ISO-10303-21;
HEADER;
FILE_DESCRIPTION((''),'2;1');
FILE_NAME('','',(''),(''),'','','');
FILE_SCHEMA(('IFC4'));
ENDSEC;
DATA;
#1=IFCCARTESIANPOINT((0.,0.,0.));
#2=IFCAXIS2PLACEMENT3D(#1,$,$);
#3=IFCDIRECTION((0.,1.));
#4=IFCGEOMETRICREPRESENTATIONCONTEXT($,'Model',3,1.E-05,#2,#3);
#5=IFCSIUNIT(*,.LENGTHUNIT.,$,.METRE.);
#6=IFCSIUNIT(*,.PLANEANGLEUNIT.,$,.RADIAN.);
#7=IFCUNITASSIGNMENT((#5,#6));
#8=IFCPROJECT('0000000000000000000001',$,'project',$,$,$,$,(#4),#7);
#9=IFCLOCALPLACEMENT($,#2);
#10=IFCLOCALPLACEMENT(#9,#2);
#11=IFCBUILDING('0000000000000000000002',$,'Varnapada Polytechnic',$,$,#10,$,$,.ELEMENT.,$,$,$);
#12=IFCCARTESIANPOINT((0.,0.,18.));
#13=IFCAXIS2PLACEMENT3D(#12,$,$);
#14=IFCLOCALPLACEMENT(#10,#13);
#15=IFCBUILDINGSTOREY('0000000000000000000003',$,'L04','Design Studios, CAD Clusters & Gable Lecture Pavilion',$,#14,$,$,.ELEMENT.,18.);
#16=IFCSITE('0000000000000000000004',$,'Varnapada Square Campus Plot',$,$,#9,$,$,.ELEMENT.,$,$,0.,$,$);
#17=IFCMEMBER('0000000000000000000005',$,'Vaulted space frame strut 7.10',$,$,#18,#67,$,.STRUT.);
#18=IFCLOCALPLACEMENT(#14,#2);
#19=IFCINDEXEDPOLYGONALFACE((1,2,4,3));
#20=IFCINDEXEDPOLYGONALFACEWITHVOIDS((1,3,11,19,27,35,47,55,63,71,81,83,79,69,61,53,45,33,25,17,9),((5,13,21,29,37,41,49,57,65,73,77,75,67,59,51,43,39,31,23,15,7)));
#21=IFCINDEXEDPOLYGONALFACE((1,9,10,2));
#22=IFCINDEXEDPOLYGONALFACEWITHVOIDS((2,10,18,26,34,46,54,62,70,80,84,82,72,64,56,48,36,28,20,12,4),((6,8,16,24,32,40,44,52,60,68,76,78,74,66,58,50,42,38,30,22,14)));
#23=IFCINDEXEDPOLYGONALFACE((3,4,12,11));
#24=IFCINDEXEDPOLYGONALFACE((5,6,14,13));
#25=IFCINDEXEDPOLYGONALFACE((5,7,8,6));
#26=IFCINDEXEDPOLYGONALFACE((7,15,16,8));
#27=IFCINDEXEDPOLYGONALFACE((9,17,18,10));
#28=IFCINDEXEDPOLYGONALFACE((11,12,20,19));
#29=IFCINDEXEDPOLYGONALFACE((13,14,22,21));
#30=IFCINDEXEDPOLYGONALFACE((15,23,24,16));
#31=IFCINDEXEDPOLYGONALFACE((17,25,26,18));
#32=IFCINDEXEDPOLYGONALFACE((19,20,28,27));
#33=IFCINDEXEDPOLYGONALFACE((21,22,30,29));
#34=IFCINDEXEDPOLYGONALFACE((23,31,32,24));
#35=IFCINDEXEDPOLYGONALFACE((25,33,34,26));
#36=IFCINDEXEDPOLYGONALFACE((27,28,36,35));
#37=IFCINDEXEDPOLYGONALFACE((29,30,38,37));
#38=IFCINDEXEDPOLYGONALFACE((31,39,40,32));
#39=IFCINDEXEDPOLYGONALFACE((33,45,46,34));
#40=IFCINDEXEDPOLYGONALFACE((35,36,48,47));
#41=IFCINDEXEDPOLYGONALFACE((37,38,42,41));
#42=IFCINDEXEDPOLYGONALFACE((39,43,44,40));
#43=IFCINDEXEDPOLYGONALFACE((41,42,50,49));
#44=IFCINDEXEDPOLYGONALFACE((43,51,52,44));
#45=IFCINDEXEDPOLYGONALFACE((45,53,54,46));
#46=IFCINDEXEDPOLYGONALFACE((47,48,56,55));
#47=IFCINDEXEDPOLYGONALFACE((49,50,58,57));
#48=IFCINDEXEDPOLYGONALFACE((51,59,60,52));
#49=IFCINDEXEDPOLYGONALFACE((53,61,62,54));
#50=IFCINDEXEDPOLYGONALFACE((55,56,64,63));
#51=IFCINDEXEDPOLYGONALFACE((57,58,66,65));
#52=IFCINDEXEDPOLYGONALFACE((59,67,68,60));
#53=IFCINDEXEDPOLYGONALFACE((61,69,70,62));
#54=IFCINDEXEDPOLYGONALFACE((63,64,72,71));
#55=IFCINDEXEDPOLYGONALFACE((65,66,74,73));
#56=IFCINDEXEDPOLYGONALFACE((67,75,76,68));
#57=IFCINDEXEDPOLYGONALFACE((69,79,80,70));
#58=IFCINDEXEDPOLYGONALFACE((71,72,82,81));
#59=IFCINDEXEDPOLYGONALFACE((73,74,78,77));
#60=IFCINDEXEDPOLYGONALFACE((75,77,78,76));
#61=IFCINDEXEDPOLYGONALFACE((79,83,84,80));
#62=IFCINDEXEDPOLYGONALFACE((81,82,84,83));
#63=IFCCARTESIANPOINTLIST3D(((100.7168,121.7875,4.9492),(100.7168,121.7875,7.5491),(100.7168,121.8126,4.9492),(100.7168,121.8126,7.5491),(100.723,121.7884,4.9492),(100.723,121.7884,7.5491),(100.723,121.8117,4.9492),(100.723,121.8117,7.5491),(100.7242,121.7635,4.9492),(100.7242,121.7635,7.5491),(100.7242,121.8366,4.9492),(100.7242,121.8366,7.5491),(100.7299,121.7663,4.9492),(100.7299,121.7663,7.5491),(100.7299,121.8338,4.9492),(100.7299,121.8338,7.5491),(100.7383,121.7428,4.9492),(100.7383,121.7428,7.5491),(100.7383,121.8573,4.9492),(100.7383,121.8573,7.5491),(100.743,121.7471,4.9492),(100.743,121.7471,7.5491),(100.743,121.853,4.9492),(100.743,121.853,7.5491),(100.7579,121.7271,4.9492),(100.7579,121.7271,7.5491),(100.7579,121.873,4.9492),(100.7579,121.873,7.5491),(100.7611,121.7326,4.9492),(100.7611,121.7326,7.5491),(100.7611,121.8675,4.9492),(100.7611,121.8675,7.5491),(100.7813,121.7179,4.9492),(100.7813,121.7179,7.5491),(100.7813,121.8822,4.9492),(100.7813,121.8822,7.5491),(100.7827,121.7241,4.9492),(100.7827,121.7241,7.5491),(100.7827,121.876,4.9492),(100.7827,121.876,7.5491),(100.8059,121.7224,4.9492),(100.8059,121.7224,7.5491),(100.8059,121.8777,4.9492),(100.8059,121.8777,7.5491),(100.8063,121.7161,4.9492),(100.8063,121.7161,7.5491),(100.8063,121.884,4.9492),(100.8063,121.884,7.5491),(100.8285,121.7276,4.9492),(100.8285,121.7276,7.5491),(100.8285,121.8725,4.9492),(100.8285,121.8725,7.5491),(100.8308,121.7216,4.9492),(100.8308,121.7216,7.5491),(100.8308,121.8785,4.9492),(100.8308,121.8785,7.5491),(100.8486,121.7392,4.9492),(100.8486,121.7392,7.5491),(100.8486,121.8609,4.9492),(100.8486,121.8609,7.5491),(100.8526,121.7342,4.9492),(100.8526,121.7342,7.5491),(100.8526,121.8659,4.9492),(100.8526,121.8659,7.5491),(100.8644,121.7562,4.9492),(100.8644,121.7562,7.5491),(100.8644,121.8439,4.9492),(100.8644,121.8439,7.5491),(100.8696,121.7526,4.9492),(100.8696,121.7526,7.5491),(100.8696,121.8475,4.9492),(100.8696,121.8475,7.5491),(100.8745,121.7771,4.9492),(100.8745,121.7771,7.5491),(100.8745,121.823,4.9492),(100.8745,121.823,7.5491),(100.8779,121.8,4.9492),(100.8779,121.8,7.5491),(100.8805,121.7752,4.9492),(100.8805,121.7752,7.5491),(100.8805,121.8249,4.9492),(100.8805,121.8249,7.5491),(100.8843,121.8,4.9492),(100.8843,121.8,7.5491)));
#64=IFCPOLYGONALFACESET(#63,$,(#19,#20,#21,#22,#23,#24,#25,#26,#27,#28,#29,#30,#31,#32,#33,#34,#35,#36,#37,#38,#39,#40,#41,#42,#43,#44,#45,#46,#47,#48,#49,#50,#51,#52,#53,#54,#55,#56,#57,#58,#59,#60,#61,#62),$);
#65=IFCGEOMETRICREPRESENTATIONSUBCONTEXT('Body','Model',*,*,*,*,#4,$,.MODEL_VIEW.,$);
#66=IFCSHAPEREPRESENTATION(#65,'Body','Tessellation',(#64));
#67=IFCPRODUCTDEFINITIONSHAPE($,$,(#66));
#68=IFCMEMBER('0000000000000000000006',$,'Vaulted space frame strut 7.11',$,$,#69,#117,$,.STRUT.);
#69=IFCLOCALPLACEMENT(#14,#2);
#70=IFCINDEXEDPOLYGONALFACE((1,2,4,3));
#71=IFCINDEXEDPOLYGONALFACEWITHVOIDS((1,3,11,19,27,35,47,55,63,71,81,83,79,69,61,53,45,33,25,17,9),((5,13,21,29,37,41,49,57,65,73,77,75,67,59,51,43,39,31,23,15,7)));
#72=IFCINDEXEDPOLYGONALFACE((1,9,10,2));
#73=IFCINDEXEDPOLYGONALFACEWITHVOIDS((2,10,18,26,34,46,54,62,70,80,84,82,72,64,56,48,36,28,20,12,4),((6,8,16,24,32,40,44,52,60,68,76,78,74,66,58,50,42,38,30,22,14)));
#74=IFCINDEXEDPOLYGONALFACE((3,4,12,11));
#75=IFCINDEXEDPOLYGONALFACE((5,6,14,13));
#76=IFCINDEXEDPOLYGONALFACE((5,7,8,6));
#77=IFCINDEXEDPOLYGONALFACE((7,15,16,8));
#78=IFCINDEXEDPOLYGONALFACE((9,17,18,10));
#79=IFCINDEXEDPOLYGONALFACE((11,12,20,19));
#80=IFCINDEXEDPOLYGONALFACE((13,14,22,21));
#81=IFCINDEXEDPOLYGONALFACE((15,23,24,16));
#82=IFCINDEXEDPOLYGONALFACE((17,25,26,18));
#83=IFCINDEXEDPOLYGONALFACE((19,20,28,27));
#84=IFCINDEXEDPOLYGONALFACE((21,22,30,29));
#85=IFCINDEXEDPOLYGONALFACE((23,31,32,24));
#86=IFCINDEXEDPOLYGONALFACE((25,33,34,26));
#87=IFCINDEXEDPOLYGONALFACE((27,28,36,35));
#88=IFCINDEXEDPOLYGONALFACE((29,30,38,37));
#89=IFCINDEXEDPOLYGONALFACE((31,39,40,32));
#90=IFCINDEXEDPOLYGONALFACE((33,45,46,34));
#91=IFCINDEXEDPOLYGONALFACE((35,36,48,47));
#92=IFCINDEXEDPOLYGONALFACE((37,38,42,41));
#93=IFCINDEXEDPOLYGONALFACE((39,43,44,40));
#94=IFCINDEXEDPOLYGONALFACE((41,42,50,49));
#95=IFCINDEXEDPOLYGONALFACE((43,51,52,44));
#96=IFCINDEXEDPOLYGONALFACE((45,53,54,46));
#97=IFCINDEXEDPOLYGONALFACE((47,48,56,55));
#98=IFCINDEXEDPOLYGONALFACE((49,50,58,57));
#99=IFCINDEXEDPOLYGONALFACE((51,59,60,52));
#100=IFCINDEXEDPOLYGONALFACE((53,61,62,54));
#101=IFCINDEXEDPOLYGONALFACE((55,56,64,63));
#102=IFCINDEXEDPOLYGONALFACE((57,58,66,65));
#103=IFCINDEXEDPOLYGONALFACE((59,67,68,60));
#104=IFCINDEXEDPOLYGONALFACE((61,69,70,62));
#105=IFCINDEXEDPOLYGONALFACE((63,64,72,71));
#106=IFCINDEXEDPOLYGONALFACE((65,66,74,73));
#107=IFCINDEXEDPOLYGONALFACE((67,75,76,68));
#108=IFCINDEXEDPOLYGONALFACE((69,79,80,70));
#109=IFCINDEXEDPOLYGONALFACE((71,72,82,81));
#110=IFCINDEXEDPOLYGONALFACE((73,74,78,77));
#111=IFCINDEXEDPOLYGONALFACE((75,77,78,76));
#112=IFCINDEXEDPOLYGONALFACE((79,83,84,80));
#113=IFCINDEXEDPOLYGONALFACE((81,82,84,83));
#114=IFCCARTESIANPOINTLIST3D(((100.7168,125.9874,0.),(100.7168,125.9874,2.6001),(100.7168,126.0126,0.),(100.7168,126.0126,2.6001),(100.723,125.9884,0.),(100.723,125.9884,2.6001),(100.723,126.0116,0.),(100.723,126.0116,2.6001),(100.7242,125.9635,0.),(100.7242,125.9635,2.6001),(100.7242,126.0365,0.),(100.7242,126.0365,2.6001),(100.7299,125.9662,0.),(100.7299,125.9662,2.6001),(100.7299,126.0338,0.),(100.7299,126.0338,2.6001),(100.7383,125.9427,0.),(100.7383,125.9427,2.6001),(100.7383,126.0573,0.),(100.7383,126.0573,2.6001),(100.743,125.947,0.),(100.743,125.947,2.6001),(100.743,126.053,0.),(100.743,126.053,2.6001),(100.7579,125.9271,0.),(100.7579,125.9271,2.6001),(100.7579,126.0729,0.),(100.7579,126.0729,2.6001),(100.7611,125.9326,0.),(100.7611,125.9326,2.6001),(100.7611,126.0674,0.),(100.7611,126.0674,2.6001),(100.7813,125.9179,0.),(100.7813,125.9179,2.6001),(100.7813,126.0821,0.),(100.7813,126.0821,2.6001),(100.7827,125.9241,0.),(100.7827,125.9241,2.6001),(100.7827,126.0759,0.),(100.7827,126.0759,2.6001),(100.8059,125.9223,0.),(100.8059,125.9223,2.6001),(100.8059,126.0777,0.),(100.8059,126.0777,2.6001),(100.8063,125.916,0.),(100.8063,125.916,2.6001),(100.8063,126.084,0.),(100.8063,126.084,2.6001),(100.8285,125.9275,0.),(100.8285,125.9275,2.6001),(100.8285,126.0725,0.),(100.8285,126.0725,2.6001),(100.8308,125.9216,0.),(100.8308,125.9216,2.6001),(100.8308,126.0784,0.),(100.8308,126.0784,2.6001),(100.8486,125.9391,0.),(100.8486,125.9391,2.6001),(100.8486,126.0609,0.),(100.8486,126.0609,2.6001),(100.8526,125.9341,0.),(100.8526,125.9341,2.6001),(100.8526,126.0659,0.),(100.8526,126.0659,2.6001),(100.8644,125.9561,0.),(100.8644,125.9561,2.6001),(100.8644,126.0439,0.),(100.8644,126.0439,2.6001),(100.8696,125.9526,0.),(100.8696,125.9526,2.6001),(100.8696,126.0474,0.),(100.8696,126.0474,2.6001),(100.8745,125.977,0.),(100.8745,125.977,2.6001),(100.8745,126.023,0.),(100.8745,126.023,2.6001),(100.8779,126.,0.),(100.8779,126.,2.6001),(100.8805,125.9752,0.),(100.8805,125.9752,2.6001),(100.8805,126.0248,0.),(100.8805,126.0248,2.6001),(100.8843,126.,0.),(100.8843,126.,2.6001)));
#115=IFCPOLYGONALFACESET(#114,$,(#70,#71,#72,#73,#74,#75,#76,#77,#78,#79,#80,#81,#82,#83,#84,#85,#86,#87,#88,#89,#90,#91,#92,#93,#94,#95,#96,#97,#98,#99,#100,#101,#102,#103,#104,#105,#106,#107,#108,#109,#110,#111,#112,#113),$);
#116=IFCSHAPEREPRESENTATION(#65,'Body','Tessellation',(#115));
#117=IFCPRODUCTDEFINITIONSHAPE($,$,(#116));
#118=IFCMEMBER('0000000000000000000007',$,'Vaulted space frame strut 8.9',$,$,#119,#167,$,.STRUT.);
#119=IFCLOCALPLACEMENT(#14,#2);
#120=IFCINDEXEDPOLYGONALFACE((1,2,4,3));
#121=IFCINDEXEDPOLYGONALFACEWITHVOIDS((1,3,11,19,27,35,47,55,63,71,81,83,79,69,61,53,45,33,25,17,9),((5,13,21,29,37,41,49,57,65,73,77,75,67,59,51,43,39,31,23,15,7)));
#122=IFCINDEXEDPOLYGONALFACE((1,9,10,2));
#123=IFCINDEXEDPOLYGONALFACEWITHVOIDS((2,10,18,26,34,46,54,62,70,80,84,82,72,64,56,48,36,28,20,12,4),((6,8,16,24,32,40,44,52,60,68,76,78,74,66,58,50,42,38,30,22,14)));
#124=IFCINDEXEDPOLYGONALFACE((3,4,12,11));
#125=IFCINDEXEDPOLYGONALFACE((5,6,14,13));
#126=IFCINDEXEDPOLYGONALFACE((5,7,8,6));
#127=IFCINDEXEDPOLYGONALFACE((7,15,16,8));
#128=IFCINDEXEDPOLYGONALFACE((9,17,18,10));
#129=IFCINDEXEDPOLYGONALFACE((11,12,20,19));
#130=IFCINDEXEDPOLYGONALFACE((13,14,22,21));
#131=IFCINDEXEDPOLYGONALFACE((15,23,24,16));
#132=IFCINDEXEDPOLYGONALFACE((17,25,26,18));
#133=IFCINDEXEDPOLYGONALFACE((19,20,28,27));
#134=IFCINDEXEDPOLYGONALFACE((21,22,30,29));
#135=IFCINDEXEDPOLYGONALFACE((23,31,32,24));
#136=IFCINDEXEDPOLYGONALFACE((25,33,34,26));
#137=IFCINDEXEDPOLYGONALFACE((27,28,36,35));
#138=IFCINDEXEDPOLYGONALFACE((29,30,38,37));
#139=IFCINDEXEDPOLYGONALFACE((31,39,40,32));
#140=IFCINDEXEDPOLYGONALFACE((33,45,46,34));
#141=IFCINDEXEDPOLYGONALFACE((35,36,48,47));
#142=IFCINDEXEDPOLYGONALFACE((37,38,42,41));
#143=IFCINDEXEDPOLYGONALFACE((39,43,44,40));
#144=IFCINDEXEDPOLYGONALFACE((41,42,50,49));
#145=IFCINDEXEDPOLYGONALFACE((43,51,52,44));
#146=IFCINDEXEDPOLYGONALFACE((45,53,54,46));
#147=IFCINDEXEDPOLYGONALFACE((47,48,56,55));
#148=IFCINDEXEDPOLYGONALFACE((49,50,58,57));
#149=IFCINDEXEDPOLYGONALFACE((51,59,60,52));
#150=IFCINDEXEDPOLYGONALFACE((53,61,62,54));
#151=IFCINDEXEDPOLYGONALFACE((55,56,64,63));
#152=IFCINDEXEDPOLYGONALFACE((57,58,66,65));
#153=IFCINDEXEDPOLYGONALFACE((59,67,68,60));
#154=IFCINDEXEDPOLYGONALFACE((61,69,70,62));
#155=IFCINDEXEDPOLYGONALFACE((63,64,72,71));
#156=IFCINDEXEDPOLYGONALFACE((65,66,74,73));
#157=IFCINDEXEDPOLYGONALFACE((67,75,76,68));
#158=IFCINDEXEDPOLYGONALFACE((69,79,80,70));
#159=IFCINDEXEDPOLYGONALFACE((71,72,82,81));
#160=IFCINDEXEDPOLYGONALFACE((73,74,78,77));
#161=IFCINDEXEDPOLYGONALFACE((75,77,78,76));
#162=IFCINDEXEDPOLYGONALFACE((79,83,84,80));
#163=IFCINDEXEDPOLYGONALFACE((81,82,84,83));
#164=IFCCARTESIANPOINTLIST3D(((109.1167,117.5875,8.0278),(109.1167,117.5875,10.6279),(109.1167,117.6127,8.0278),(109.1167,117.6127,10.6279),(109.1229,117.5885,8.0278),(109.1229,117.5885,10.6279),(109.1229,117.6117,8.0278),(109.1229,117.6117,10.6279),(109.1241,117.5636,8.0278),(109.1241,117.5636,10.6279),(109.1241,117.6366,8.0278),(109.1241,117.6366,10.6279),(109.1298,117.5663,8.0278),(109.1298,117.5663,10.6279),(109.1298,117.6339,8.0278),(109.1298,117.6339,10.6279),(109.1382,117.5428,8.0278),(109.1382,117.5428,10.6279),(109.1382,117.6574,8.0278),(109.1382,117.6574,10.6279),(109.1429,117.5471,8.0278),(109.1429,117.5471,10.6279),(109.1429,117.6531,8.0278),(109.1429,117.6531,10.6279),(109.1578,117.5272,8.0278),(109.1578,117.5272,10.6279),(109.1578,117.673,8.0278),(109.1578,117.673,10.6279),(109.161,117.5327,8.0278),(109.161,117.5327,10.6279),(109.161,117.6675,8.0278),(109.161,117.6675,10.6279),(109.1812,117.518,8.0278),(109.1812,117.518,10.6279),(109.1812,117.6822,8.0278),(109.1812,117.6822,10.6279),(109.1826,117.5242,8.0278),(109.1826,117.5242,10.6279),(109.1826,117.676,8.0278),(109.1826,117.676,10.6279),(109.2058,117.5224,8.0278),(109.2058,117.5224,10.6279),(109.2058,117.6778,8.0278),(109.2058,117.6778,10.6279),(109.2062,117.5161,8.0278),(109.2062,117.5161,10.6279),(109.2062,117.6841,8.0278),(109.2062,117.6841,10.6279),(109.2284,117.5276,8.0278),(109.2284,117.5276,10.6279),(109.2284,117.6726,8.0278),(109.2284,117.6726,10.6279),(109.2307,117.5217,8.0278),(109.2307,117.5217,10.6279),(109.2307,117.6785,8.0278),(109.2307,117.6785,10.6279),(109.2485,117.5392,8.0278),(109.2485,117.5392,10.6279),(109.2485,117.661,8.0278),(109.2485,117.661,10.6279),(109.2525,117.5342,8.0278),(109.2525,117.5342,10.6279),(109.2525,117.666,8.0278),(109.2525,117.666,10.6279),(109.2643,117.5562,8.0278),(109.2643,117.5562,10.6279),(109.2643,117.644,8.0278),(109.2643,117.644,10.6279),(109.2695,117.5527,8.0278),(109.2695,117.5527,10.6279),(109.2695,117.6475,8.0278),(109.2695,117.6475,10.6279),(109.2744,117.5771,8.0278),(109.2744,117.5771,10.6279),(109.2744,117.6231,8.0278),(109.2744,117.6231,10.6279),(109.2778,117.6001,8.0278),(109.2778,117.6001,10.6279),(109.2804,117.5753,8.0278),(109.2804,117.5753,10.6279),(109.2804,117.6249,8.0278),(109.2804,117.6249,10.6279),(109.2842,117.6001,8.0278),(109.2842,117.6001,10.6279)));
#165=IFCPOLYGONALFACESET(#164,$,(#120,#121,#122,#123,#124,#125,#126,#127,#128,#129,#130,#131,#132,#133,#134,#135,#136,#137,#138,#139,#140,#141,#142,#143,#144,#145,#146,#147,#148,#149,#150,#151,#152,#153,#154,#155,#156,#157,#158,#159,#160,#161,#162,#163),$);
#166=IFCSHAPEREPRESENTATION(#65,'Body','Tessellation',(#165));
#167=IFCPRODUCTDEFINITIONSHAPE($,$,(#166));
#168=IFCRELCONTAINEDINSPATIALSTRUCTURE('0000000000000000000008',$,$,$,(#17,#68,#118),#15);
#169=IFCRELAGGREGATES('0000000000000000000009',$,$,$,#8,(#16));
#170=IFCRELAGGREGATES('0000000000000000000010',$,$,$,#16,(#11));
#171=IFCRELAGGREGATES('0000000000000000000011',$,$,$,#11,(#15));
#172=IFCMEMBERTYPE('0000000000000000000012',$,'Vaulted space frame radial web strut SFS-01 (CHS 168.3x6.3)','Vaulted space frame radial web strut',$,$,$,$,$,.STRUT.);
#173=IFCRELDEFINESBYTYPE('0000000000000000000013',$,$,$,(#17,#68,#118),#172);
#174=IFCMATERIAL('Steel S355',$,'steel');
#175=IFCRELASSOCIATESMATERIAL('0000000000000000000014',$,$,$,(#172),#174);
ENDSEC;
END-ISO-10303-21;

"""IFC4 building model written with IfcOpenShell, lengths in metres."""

from ifc_helpers import new_model, si_unit, direction, frame, origin, origin_2d, place, context, subcontext, project, spatial, hollow_circle, extrude, material, material_profile, profile_set, type_object, element, save


model = new_model("IFC4")

# Units and contexts
model_context = context("Model", 3, precision=1e-05, world=origin(), true_north=direction((0.0, 1.0)))
body_context = subcontext(model_context, "Body", "Model", "MODEL_VIEW")
ifc_project = project(units=[si_unit("LENGTHUNIT", "METRE"), si_unit("PLANEANGLEUNIT", "RADIAN")], contexts=[model_context])

# Site, building, storey
site_placement = place(None, origin())
site = spatial("IfcSite", under=ifc_project, at=site_placement, Name="Varnapada Square Campus Plot", CompositionType="ELEMENT", RefElevation=0.0)
building_placement = place(site_placement, origin())
building = spatial("IfcBuilding", under=site, at=building_placement, Name="Varnapada Polytechnic", CompositionType="ELEMENT")
storey_placement = place(building_placement, frame((0.0, 0.0, 18.0)))
storey = spatial("IfcBuildingStorey", under=building, at=storey_placement, Name="L04", Description="Design Studios, CAD Clusters & Gable Lecture Pavilion", CompositionType="ELEMENT", Elevation=18.0)

# Shared definitions
ifc_material = material(Name="Steel S355", Category="steel")

# Members
ifc_material_profile_1 = material_profile(ifc_material, hollow_circle(Radius=0.0842, WallThickness=0.0063, at=origin_2d()), Name="CHS 168.3x6.3")
ifc_profile_set_1 = profile_set([ifc_material_profile_1], Name="Steel S355")
member_type_1 = type_object("IfcMemberType", Name="Vaulted space frame radial web strut SFS-01 (CHS 168.3x6.3)", Description="Vaulted space frame radial web strut", PredefinedType="STRUT", material=ifc_profile_set_1)
member_1_placement = place(storey_placement, frame((100.8, 121.8, 4.9492), z_axis=(0.0, 0.0, 1.0), x_axis=(1.0, 0.0, 0.0)))
element("IfcMember", 1, at=member_1_placement, inside=storey, type_object=member_type_1, Name="Vaulted space frame strut 7.10", PredefinedType="STRUT", context=body_context, shape_type="SweptSolid", body=[
    extrude(hollow_circle(Radius=0.0842, WallThickness=0.0063, at=origin_2d()), origin(), (0.0, 0.0, 1.0), 2.5999),
])
for number, where, z_axis, x_axis, name in (
    (2, (100.8, 126.0, 0.0), (0.0, 0.0, 1.0), (1.0, 0.0, 0.0), "Vaulted space frame strut 7.11"),
    (3, (109.2, 117.6001, 8.0278), (0.0, 0.0, 1.0), (1.0, 0.0, 0.0), "Vaulted space frame strut 8.9"),
):
    element("IfcMember", number, at=place(storey_placement, frame(where, z_axis=z_axis, x_axis=x_axis)), inside=storey, type_object=member_type_1, Name=name, PredefinedType="STRUT", context=body_context, shape_type="SweptSolid", body=[
        extrude(hollow_circle(Radius=0.0842, WallThickness=0.0063, at=origin_2d()), origin(), (0.0, 0.0, 1.0), 2.6001),
    ])

save(model, "model.ifc")
